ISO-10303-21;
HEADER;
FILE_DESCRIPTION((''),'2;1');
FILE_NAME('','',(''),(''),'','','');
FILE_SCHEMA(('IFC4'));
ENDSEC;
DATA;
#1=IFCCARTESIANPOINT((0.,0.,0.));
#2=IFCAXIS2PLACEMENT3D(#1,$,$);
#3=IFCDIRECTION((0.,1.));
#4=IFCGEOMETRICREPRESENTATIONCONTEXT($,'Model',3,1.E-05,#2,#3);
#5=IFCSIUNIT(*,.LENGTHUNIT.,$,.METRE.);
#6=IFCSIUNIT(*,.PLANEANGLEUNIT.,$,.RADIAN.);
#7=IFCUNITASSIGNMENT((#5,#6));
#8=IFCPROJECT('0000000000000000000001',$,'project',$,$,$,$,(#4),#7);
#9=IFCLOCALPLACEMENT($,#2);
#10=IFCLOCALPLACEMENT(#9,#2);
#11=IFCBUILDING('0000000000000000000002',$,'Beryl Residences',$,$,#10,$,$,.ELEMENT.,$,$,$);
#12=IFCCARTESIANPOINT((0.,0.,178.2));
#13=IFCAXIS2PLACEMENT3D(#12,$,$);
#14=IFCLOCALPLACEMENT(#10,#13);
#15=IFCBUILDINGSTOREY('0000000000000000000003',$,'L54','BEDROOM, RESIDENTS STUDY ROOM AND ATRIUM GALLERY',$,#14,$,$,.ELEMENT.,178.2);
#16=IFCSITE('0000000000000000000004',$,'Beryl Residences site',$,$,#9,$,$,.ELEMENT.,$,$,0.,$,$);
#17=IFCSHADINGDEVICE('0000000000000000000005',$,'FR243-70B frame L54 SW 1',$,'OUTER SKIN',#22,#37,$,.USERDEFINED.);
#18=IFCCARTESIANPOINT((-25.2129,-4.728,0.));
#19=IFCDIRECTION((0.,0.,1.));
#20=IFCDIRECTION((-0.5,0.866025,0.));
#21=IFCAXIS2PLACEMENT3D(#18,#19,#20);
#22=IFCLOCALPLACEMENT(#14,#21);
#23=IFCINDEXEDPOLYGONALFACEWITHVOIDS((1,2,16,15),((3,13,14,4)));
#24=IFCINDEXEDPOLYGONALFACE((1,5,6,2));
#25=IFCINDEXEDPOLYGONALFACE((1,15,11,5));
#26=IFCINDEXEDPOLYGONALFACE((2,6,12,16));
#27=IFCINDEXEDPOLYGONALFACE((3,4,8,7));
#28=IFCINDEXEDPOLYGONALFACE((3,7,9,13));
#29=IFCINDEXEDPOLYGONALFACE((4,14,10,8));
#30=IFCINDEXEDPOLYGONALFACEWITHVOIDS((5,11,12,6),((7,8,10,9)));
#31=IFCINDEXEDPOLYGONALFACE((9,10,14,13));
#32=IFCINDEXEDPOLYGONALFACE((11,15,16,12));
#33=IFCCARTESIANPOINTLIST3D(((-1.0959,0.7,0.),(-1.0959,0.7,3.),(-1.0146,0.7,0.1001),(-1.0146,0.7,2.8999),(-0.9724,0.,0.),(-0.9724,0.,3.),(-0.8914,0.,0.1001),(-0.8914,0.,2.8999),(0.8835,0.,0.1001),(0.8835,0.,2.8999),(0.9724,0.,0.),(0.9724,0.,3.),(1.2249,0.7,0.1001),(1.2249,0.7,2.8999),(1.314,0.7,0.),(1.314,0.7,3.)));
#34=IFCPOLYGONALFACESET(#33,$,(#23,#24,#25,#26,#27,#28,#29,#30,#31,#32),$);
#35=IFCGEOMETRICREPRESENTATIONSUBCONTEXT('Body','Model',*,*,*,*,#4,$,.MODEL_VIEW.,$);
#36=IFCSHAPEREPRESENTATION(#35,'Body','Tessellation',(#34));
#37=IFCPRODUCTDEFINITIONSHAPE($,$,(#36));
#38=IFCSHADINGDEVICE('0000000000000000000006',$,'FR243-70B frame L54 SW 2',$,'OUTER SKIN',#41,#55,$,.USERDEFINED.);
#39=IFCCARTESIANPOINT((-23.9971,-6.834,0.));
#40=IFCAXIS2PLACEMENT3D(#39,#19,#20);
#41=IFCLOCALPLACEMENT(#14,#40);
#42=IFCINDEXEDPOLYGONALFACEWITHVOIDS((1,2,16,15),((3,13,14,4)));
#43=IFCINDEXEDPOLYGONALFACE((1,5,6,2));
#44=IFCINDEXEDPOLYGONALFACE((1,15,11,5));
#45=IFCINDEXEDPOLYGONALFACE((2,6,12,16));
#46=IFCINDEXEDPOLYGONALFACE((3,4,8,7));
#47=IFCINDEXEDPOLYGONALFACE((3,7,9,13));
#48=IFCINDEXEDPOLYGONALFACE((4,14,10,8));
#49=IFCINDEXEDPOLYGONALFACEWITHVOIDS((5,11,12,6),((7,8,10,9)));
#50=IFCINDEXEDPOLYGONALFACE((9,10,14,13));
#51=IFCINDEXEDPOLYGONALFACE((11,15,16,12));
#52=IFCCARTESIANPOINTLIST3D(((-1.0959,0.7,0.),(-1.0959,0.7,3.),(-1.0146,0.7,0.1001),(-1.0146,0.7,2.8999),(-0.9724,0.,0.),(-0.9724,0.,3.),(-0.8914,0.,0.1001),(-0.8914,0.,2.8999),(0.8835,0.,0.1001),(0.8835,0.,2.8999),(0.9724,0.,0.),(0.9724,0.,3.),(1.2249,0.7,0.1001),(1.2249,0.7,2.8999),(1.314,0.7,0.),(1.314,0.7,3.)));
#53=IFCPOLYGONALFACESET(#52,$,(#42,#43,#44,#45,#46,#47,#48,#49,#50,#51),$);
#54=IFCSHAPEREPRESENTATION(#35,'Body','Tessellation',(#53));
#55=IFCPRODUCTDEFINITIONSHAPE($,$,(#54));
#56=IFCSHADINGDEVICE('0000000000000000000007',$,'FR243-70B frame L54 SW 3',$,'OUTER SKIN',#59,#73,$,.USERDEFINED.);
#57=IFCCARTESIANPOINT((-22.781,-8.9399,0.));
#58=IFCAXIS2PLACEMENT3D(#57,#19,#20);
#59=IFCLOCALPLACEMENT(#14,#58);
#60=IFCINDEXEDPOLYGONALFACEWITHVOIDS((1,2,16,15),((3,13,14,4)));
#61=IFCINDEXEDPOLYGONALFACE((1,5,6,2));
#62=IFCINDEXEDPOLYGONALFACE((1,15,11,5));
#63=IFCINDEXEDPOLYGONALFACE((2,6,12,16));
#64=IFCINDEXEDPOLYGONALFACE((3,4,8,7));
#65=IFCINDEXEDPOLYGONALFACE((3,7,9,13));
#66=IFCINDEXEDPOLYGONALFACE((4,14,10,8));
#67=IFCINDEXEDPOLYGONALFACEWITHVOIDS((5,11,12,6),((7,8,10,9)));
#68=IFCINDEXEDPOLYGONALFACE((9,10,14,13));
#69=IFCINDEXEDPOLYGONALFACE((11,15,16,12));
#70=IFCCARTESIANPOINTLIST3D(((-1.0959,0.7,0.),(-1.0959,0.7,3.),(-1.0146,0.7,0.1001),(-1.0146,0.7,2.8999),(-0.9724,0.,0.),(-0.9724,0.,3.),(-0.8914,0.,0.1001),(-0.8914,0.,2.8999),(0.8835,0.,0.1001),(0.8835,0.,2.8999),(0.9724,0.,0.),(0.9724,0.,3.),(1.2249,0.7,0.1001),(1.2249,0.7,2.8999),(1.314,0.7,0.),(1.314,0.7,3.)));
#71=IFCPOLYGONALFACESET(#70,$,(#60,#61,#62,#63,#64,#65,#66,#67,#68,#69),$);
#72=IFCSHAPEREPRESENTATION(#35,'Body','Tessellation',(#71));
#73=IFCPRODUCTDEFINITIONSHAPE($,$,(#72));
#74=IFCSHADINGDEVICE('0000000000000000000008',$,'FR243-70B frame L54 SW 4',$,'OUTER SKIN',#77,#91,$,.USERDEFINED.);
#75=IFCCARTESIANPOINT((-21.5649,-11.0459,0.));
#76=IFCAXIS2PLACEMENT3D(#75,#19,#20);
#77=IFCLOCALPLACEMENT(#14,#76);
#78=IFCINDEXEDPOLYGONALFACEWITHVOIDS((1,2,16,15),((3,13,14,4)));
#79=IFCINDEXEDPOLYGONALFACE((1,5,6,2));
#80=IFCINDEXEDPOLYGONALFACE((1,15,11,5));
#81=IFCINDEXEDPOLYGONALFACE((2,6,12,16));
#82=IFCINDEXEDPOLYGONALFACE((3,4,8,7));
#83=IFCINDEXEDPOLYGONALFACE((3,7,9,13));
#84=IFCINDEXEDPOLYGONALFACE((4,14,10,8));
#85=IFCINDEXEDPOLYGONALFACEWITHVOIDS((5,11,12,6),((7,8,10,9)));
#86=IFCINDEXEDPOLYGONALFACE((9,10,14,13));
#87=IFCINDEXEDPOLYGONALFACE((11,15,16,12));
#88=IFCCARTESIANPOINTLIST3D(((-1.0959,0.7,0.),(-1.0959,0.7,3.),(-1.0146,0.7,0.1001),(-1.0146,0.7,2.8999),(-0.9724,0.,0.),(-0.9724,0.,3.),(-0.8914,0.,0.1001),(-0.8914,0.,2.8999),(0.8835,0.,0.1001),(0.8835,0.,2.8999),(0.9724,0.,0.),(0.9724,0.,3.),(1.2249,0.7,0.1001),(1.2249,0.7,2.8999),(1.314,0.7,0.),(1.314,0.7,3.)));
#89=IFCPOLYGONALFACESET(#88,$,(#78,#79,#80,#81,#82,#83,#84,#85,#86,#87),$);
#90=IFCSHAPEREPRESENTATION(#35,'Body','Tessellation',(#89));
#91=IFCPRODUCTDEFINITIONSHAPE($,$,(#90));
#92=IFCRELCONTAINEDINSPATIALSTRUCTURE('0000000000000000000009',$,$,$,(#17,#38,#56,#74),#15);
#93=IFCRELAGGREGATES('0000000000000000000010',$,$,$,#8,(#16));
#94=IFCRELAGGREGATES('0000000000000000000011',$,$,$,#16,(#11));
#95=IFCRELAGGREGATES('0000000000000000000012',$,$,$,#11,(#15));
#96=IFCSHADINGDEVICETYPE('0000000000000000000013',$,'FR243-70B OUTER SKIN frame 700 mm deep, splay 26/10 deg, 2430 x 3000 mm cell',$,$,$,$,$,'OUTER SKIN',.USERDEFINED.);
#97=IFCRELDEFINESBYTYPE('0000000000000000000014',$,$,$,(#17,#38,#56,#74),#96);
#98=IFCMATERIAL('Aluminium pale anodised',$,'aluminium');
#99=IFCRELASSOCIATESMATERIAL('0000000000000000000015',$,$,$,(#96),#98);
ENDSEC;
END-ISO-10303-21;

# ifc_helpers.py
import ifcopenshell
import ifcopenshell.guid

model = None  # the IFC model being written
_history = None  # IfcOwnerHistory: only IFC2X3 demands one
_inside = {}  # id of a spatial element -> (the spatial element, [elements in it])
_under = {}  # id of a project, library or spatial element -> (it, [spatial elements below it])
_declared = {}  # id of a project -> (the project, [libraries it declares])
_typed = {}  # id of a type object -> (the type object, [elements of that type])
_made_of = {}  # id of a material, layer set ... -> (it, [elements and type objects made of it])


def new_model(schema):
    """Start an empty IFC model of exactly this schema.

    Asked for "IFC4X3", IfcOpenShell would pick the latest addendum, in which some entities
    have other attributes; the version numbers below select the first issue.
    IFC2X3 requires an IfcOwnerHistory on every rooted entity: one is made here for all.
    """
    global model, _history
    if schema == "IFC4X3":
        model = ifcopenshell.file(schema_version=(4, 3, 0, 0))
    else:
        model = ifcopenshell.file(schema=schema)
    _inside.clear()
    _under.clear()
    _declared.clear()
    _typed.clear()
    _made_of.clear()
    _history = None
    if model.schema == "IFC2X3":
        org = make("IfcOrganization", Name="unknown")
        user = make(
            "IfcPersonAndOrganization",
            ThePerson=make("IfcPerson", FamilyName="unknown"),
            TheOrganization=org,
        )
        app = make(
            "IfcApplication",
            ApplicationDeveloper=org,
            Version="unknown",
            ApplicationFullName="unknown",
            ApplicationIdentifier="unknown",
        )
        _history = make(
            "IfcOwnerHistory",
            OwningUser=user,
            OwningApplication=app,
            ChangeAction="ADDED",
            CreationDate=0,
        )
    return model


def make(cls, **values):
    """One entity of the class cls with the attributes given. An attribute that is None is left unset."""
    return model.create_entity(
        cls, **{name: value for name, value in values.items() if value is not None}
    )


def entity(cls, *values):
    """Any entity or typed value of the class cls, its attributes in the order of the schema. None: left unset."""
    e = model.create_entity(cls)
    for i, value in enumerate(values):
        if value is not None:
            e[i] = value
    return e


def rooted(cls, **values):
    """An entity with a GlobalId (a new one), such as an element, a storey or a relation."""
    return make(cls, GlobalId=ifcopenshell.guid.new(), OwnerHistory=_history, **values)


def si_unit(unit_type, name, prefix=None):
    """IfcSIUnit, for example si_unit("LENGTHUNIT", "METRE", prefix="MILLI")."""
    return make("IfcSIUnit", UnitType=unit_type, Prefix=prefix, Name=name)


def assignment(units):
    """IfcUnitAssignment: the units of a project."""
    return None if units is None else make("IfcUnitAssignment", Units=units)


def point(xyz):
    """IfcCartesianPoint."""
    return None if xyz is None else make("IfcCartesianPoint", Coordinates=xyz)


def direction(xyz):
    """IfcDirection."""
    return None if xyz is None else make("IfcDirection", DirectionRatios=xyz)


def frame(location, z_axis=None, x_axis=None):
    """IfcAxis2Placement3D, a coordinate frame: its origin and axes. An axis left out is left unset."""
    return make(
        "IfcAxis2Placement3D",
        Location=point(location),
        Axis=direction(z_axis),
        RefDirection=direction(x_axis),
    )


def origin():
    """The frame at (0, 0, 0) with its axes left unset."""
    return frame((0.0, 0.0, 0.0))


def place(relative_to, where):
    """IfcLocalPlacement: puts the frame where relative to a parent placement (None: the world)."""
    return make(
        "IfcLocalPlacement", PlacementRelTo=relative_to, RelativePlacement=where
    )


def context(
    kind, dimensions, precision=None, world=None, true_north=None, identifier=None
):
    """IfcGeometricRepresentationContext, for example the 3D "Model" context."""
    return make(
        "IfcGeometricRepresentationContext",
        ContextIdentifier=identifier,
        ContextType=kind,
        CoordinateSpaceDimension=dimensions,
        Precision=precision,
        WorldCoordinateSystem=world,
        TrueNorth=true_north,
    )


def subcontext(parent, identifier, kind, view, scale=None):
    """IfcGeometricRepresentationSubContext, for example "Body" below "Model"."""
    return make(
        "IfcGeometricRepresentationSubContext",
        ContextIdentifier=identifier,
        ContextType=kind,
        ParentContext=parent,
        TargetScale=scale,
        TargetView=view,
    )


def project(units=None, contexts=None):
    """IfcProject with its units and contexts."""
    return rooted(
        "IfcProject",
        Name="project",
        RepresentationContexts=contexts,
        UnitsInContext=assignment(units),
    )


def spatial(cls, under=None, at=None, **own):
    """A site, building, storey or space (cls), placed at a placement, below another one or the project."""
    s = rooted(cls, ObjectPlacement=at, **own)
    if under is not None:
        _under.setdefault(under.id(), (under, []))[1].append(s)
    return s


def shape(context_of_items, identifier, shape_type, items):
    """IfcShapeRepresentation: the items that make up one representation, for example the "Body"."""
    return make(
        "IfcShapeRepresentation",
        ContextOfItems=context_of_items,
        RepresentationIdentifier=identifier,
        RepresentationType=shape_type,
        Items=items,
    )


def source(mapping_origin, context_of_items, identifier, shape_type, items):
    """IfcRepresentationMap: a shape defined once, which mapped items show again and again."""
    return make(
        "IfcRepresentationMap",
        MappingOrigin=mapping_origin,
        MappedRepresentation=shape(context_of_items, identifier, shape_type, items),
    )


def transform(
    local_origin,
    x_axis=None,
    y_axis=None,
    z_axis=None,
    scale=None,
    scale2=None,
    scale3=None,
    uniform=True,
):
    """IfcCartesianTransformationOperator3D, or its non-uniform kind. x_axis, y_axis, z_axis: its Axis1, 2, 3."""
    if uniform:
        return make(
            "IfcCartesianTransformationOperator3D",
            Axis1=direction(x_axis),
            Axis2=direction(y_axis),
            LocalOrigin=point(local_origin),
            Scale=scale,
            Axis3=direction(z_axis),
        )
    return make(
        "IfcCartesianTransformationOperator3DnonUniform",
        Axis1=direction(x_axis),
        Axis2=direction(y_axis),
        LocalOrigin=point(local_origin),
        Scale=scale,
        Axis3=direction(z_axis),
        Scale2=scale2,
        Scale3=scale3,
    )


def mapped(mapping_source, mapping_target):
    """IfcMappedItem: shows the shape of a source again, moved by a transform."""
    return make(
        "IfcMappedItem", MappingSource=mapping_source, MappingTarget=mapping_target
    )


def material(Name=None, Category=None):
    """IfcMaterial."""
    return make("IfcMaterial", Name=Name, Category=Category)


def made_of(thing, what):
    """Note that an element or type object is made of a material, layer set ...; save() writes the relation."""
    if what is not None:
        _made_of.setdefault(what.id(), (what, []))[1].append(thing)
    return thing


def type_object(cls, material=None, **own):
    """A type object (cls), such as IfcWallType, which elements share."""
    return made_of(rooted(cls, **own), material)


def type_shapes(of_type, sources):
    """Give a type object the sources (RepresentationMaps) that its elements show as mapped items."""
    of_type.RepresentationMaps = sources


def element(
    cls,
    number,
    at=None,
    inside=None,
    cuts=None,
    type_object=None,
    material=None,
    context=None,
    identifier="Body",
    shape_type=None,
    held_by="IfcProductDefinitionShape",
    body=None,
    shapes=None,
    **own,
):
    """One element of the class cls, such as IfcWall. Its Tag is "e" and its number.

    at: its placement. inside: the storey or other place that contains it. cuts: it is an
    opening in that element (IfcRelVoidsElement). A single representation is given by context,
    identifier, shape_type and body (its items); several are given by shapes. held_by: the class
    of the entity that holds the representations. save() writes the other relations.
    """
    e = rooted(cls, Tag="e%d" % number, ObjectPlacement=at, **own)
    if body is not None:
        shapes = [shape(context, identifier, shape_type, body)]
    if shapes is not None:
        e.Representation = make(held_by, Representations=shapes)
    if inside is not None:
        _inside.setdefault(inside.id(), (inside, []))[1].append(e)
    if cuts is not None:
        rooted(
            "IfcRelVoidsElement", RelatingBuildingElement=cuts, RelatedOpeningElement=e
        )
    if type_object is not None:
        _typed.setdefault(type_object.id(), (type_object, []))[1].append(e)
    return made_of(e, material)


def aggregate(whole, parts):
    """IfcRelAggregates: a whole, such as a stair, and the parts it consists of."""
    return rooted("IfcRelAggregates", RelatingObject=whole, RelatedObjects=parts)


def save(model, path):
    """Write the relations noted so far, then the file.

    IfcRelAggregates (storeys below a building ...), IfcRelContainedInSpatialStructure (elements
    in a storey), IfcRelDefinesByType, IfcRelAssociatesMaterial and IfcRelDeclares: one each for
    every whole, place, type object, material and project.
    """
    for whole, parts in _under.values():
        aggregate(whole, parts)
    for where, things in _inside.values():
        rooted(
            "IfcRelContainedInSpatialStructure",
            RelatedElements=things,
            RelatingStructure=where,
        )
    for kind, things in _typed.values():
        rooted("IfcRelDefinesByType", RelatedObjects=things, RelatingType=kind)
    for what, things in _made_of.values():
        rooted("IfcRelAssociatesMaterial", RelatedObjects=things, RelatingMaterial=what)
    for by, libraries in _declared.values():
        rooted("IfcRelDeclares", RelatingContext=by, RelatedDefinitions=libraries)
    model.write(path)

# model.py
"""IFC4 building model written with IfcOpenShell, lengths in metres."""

from ifc_helpers import new_model, entity, si_unit, direction, frame, origin, place, context, subcontext, project, spatial, source, transform, mapped, material, type_object, type_shapes, element, save


model = new_model("IFC4")

# Units and contexts
model_context = context("Model", 3, precision=1e-05, world=origin(), true_north=direction((0.0, 1.0)))
body_context = subcontext(model_context, "Body", "Model", "MODEL_VIEW")
ifc_project = project(units=[si_unit("LENGTHUNIT", "METRE"), si_unit("PLANEANGLEUNIT", "RADIAN")], contexts=[model_context])

# Site, building, storey
site_placement = place(None, origin())
site = spatial("IfcSite", under=ifc_project, at=site_placement, Name="Beryl Residences site", CompositionType="ELEMENT", RefElevation=0.0)
building_placement = place(site_placement, origin())
building = spatial("IfcBuilding", under=site, at=building_placement, Name="Beryl Residences", CompositionType="ELEMENT")
storey_placement = place(building_placement, frame((0.0, 0.0, 178.2)))
storey = spatial("IfcBuildingStorey", under=building, at=storey_placement, Name="L54", Description="BEDROOM, RESIDENTS STUDY ROOM AND ATRIUM GALLERY", CompositionType="ELEMENT", Elevation=178.2)

# Shading devices
ifc_material_1 = material(Name="Aluminium pale anodised", Category="aluminium")
shading_device_type = type_object("IfcShadingDeviceType", Name="FR243-70B OUTER SKIN frame 700 mm deep, splay 26/10 deg, 2430 x 3000 mm cell", ElementType="OUTER SKIN", PredefinedType="USERDEFINED", material=ifc_material_1)
cartesian_point_1 = entity("IfcCartesianPoint", [-0.9724, 0.0])
cartesian_point_2 = entity("IfcCartesianPoint", [-0.8835, 0.1001])
cartesian_point_3 = entity("IfcCartesianPoint", [-1.314, 0.0])
cartesian_point_4 = entity("IfcCartesianPoint", [-1.2249, 0.1001])
shared_shape_1 = source(origin(), body_context, "Body", "SweptSolid", [
    entity("IfcExtrudedAreaSolidTapered", entity("IfcArbitraryProfileDefWithVoids", "AREA", None, entity("IfcPolyline", [cartesian_point_1, entity("IfcCartesianPoint", [0.9724, 0.0]), entity("IfcCartesianPoint", [0.9724, 3.0]), entity("IfcCartesianPoint", [-0.9724, 3.0]), cartesian_point_1]), [entity("IfcPolyline", [cartesian_point_2, entity("IfcCartesianPoint", [0.8914, 0.1001]), entity("IfcCartesianPoint", [0.8914, 2.8999]), entity("IfcCartesianPoint", [-0.8835, 2.8999]), cartesian_point_2])]), entity("IfcAxis2Placement3D", entity("IfcCartesianPoint", [0.0, 0.0, 0.0]), entity("IfcDirection", [0.0, 1.0, 0.0]), entity("IfcDirection", [-1.0, 0.0, 0.0])), entity("IfcDirection", [0.0, 0.0, 1.0]), 0.7, entity("IfcArbitraryProfileDefWithVoids", "AREA", None, entity("IfcPolyline", [cartesian_point_3, entity("IfcCartesianPoint", [1.0959, 0.0]), entity("IfcCartesianPoint", [1.0959, 3.0]), entity("IfcCartesianPoint", [-1.314, 3.0]), cartesian_point_3]), [entity("IfcPolyline", [cartesian_point_4, entity("IfcCartesianPoint", [1.0146, 0.1001]), entity("IfcCartesianPoint", [1.0146, 2.8999]), entity("IfcCartesianPoint", [-1.2249, 2.8999]), cartesian_point_4])])),
])
type_shapes(shading_device_type, [shared_shape_1])
for number, where, z_axis, x_axis, name in (
    (1, (-25.2129, -4.728, 0.0), (0.0, 0.0, 1.0), (-0.5, 0.866025, 0.0), "FR243-70B frame L54 SW 1"),
    (2, (-23.9971, -6.834, 0.0), (0.0, 0.0, 1.0), (-0.5, 0.866025, 0.0), "FR243-70B frame L54 SW 2"),
    (3, (-22.781, -8.9399, 0.0), (0.0, 0.0, 1.0), (-0.5, 0.866025, 0.0), "FR243-70B frame L54 SW 3"),
    (4, (-21.5649, -11.0459, 0.0), (0.0, 0.0, 1.0), (-0.5, 0.866025, 0.0), "FR243-70B frame L54 SW 4"),
):
    element("IfcShadingDevice", number, at=place(storey_placement, frame(where, z_axis=z_axis, x_axis=x_axis)), inside=storey, type_object=shading_device_type, Name=name, ObjectType="OUTER SKIN", PredefinedType="USERDEFINED", context=body_context, shape_type="MappedRepresentation", body=[
        mapped(shared_shape_1, transform((0.0, 0.0, 0.0))),
    ])

save(model, "model.ifc")
